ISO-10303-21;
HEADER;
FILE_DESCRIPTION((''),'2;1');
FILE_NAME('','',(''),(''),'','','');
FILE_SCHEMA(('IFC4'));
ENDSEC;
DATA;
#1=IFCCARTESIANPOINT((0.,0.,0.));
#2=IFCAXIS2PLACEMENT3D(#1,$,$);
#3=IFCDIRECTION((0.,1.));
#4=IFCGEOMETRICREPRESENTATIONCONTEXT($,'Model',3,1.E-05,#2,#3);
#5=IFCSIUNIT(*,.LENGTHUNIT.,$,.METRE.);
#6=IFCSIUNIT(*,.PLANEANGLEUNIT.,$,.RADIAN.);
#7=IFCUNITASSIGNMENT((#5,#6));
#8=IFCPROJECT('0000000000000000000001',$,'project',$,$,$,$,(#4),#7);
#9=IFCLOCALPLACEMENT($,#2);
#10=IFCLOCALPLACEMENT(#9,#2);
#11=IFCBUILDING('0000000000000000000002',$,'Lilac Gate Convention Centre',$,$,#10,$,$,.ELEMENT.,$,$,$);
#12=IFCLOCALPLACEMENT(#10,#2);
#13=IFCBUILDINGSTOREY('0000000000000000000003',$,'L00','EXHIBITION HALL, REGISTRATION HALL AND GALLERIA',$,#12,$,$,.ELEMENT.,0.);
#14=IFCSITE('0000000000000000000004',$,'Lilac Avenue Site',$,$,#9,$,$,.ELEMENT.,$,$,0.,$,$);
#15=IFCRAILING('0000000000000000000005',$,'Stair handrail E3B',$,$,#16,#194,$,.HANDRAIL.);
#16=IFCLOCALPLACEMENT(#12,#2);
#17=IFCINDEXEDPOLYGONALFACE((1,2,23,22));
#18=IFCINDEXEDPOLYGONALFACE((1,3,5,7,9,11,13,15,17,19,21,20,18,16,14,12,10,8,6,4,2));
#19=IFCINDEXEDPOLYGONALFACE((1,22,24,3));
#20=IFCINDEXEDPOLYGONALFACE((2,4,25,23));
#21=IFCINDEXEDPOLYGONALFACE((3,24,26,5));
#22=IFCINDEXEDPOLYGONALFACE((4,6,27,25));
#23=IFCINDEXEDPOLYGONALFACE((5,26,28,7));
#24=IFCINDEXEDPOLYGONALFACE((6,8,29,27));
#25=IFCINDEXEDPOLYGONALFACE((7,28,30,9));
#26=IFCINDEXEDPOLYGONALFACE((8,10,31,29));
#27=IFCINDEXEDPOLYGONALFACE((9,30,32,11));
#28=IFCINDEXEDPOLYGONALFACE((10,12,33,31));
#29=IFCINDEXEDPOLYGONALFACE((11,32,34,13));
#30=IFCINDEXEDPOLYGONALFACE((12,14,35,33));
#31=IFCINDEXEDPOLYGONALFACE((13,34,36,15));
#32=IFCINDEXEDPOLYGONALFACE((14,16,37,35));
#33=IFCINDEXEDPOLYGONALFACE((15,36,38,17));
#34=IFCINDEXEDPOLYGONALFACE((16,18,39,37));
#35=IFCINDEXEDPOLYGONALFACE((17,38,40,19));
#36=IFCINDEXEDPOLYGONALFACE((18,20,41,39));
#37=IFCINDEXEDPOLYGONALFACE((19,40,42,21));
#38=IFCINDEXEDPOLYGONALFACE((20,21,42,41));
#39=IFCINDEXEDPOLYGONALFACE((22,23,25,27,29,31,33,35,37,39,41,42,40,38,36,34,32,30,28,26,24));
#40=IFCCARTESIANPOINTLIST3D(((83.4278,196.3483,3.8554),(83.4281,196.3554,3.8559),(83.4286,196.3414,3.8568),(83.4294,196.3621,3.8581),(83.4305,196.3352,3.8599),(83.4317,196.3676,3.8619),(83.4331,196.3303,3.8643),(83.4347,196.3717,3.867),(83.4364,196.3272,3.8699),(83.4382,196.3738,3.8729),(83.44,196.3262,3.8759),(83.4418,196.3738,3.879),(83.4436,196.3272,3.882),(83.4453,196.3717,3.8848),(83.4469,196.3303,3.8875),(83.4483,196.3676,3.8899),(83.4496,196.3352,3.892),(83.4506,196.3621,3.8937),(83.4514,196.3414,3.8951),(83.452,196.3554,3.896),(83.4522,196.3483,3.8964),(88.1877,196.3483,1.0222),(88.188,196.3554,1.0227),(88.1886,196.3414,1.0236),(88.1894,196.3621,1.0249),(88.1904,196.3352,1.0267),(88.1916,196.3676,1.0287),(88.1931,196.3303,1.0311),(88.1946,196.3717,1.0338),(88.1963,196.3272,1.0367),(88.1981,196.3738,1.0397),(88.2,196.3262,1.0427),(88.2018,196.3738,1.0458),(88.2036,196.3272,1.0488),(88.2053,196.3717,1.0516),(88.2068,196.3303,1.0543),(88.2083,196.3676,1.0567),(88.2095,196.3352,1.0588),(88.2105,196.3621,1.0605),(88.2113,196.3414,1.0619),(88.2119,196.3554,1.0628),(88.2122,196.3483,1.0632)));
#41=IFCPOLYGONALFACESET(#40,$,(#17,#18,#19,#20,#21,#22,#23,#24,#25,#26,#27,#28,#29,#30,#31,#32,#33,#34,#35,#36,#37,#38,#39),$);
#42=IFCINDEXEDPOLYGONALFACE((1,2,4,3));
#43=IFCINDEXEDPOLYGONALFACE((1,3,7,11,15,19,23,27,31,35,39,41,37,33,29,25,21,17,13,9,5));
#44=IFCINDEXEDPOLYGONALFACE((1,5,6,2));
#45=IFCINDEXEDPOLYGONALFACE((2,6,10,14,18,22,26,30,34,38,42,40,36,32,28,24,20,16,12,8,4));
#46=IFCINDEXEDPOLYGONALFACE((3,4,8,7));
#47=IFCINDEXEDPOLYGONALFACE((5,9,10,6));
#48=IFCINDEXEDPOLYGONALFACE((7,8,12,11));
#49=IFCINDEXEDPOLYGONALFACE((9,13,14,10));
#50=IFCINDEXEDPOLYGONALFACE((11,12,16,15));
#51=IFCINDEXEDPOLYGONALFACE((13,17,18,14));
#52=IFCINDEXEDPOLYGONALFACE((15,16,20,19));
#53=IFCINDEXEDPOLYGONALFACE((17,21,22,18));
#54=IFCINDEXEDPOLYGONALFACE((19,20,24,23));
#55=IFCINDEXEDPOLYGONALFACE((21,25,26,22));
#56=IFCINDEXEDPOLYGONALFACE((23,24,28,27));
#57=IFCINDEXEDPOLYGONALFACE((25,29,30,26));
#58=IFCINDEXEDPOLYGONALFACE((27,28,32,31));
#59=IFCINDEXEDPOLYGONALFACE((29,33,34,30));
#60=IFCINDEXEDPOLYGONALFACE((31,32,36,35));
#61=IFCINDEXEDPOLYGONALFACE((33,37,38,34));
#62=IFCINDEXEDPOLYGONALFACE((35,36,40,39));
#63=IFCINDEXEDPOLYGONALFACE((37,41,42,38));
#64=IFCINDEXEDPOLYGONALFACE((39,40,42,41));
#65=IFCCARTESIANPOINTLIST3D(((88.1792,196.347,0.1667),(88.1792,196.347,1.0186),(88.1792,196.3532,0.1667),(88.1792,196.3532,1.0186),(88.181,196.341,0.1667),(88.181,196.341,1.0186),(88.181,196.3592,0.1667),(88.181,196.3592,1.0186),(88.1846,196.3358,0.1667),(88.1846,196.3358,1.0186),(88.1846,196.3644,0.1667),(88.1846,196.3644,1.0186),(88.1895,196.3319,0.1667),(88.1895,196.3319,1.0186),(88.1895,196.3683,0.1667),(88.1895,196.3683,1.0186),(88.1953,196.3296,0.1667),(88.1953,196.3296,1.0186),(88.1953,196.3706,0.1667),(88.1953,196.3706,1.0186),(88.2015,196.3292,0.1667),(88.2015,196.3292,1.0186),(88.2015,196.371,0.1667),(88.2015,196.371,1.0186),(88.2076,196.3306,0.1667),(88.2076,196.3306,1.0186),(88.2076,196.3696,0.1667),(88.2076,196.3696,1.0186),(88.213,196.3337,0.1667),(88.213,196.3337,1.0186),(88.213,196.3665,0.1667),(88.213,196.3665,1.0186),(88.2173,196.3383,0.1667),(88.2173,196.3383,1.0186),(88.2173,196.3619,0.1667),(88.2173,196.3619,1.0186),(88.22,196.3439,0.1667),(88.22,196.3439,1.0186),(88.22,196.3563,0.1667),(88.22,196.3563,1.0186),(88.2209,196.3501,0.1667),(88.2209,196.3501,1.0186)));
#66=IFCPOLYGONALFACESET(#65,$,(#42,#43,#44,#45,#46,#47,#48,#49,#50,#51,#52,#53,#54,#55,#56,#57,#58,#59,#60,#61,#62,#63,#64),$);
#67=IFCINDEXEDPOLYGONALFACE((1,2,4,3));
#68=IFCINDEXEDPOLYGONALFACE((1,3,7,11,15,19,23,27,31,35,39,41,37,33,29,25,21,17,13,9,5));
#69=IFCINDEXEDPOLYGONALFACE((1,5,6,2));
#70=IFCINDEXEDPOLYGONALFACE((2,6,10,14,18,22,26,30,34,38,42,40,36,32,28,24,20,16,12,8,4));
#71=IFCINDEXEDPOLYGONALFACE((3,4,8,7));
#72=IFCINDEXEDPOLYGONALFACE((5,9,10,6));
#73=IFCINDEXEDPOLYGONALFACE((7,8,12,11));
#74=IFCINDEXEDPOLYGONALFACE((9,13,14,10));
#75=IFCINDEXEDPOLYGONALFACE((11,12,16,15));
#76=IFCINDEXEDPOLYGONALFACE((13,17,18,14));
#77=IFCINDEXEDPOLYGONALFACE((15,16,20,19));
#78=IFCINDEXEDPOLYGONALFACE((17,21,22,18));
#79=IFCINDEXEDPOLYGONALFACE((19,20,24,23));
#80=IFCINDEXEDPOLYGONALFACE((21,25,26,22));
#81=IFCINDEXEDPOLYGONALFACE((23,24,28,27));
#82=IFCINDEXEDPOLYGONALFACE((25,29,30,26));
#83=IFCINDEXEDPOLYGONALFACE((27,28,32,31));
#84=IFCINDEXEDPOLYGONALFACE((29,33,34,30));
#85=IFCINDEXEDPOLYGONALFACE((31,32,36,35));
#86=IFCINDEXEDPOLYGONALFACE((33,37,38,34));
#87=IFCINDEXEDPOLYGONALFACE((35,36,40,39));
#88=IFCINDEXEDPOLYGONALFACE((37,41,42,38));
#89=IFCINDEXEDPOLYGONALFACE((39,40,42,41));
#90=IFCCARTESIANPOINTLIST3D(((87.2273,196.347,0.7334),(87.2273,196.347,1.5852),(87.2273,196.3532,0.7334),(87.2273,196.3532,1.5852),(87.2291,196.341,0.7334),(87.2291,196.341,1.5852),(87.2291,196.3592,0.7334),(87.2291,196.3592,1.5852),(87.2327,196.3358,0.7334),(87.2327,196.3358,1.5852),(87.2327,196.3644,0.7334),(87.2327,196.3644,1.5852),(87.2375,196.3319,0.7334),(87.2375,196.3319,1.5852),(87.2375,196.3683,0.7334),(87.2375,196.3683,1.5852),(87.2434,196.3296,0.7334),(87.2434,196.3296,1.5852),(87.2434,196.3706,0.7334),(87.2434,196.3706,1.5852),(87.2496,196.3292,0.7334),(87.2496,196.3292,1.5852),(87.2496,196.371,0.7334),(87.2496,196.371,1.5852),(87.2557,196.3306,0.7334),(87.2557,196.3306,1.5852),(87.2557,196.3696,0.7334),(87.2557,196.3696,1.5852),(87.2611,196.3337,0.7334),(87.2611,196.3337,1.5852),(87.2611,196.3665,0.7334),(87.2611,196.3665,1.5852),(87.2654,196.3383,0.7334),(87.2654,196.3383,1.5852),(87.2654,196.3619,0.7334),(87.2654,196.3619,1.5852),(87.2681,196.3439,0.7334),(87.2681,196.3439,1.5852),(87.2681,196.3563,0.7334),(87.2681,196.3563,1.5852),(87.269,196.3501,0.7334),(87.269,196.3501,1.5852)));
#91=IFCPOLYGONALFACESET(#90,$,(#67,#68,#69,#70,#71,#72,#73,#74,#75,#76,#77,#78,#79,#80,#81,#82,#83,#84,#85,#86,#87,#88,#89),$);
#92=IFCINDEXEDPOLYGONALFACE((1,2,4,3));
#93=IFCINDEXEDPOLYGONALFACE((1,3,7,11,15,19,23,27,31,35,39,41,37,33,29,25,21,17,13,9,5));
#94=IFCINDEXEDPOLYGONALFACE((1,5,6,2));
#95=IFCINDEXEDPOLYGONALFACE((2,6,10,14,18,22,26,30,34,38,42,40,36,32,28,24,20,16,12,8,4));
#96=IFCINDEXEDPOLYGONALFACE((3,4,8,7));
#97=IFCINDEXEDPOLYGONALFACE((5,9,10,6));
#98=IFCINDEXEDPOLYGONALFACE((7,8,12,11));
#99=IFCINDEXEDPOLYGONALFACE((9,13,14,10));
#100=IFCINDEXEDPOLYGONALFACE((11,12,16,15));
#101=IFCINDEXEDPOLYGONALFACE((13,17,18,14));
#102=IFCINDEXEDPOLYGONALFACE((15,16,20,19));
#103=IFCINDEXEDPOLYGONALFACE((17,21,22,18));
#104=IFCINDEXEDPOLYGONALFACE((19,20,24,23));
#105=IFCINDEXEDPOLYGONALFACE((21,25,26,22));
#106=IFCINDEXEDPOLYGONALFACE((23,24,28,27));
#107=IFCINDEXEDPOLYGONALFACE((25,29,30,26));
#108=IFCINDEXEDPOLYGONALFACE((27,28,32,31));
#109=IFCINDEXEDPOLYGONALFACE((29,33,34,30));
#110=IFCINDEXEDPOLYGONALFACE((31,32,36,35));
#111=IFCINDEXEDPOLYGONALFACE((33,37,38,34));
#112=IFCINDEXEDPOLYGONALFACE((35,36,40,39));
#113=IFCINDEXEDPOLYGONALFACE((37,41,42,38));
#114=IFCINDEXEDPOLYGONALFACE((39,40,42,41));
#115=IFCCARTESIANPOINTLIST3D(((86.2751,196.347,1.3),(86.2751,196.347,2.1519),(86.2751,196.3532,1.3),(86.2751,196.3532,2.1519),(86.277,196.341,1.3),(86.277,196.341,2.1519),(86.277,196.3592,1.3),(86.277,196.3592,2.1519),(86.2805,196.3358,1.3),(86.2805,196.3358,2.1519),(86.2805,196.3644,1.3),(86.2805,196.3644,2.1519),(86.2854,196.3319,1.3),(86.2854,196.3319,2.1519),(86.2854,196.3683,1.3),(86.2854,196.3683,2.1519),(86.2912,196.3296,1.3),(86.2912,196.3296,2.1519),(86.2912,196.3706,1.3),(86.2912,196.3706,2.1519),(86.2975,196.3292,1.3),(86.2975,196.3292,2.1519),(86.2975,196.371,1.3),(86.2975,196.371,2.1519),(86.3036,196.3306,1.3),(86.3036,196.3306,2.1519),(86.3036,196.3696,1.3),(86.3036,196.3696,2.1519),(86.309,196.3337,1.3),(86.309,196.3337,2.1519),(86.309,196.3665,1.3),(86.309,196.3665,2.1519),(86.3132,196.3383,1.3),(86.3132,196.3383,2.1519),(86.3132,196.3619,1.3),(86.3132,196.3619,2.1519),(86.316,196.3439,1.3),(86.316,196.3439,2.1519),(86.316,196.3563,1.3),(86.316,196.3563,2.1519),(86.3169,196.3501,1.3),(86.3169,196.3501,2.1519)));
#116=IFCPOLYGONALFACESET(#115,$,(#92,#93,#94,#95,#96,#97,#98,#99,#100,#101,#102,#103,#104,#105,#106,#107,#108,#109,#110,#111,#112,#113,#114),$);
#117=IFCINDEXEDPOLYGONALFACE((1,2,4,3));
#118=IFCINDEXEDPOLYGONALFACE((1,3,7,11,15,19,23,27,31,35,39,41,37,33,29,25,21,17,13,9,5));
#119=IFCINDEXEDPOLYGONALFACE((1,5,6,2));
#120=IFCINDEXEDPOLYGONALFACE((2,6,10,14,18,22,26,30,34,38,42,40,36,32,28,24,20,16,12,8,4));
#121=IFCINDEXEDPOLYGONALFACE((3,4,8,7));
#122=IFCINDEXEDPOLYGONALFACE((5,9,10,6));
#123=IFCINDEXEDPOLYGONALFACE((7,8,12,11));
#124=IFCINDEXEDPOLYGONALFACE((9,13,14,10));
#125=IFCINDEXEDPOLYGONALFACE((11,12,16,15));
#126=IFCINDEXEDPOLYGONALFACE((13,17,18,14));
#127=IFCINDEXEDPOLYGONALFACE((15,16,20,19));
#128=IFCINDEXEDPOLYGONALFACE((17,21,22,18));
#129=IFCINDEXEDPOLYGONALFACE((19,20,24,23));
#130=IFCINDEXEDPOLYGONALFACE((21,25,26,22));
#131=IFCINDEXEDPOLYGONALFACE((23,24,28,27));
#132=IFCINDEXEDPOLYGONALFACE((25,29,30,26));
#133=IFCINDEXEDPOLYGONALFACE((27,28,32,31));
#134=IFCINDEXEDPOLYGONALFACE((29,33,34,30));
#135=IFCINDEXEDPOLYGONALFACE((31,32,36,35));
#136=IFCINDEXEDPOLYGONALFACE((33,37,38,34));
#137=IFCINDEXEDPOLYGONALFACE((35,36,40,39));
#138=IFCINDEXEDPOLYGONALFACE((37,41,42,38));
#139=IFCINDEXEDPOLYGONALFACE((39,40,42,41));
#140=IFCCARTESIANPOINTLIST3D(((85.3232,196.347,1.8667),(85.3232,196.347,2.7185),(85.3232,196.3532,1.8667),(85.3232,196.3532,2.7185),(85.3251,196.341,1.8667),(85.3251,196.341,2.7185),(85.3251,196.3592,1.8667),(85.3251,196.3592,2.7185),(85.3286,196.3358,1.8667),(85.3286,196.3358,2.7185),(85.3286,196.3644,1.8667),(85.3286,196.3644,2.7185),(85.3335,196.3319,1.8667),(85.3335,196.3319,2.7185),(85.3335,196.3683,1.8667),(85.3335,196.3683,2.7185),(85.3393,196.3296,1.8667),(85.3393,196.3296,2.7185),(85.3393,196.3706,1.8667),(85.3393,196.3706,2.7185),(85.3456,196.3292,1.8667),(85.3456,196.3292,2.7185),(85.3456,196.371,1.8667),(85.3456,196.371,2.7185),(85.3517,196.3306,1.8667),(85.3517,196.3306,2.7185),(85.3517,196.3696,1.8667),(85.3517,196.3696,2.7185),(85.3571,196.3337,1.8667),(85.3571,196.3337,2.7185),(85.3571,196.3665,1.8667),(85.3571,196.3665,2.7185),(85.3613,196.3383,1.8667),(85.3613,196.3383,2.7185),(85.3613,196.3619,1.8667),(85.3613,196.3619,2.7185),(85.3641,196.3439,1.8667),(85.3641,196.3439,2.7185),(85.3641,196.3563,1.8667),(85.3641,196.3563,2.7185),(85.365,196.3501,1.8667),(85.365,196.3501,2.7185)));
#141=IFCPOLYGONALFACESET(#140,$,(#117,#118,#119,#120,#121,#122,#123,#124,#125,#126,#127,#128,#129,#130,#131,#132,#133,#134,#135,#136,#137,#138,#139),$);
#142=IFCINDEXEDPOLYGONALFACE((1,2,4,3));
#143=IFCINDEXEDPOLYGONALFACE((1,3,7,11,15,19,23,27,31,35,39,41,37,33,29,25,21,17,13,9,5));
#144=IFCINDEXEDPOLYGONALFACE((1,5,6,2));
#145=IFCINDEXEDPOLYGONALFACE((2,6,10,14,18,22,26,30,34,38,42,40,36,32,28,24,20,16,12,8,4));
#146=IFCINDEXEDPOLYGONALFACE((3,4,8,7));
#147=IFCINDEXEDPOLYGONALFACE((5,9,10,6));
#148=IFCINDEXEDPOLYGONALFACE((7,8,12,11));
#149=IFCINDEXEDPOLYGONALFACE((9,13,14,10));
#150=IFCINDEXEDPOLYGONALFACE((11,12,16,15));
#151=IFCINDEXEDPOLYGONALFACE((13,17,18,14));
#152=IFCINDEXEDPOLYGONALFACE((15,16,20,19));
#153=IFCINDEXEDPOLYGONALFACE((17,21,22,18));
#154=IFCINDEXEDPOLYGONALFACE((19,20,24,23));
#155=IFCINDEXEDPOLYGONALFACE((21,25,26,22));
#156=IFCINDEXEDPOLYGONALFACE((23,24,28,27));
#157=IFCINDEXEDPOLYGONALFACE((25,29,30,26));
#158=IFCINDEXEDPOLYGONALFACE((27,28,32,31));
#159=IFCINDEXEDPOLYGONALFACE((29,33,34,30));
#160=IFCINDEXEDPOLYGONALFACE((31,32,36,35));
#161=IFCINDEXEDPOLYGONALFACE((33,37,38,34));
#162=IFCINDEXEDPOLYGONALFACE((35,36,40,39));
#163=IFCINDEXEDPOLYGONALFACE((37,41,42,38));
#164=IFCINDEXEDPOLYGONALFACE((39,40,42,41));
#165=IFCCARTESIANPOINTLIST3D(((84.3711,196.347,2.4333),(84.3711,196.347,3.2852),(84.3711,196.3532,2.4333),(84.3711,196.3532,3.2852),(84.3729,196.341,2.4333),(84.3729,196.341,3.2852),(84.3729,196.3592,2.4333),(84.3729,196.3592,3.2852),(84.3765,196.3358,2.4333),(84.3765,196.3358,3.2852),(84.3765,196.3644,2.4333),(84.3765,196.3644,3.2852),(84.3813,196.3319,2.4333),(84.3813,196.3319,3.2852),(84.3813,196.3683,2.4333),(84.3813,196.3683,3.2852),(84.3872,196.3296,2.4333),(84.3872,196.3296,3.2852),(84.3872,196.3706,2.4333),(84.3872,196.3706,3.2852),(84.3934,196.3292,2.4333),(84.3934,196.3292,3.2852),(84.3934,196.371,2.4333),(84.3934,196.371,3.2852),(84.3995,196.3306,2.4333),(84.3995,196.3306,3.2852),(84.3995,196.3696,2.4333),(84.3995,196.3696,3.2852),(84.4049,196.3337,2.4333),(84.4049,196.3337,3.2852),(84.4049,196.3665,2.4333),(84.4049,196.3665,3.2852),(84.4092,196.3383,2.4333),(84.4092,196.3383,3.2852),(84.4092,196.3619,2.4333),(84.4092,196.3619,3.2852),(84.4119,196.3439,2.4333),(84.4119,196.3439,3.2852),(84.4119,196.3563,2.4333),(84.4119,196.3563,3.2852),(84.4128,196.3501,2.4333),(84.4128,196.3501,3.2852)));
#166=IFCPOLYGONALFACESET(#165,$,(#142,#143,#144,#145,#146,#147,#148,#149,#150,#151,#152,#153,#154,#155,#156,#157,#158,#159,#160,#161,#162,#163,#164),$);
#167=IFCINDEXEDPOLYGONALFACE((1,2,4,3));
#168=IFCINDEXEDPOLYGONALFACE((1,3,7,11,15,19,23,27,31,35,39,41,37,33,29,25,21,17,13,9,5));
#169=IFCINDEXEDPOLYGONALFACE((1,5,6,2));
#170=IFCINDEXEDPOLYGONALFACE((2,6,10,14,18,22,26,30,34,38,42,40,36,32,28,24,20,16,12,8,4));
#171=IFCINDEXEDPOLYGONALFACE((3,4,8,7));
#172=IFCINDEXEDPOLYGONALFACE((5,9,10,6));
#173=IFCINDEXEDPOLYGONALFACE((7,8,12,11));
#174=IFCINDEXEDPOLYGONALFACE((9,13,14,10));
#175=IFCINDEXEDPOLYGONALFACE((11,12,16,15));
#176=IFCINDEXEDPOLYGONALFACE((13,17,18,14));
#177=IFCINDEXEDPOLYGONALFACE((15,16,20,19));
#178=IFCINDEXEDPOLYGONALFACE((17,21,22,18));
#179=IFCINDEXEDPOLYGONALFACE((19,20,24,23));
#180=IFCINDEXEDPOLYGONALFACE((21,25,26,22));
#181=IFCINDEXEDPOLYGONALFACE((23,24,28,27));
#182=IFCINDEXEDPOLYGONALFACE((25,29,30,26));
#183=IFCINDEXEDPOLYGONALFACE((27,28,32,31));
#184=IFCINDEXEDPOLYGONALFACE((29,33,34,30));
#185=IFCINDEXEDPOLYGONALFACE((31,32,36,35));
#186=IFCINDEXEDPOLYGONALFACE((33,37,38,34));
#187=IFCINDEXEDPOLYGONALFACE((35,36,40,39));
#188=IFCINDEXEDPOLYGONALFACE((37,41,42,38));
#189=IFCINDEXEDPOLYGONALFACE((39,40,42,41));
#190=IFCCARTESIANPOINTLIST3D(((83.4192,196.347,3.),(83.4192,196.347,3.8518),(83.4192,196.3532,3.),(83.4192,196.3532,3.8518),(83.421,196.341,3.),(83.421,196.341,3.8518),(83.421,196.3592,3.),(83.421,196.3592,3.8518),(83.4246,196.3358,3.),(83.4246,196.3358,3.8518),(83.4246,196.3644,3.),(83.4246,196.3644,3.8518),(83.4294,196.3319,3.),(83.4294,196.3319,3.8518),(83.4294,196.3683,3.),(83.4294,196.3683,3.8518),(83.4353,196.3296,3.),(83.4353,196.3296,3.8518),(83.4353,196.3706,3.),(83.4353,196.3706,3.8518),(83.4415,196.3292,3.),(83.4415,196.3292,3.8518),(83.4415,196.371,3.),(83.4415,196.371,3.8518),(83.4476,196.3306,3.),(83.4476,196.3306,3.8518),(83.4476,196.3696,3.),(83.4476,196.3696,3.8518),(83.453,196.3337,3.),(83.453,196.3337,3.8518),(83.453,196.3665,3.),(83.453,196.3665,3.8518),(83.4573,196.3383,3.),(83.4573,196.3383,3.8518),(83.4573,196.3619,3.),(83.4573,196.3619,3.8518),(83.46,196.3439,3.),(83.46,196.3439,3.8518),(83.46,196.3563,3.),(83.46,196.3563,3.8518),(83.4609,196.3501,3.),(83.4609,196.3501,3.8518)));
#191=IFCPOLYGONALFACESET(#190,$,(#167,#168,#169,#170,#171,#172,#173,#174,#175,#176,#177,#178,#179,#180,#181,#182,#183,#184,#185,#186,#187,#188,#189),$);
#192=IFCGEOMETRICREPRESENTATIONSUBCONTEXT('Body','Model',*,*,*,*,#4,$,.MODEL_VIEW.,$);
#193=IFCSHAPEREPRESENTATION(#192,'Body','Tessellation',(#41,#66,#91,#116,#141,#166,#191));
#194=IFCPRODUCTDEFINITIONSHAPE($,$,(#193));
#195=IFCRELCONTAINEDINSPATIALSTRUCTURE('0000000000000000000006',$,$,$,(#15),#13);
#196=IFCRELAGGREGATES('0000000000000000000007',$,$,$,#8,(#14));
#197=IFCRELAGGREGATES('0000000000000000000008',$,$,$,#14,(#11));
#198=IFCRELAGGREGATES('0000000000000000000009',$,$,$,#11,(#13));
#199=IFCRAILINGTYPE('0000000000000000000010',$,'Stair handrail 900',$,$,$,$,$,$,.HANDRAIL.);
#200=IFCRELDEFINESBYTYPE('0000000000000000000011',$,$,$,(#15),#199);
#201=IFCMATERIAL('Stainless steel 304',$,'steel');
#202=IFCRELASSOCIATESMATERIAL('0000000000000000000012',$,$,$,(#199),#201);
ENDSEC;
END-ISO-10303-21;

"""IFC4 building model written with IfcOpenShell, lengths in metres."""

from ifc_helpers import new_model, si_unit, direction, frame, origin, origin_2d, place, context, subcontext, project, spatial, circle, extrude, material, type_object, element, save


model = new_model("IFC4")

# Units and contexts
model_context = context("Model", 3, precision=1e-05, world=origin(), true_north=direction((0.0, 1.0)))
body_context = subcontext(model_context, "Body", "Model", "MODEL_VIEW")
ifc_project = project(units=[si_unit("LENGTHUNIT", "METRE"), si_unit("PLANEANGLEUNIT", "RADIAN")], contexts=[model_context])

# Site, building, storey
site_placement = place(None, origin())
site = spatial("IfcSite", under=ifc_project, at=site_placement, Name="Lilac Avenue Site", CompositionType="ELEMENT", RefElevation=0.0)
building_placement = place(site_placement, origin())
building = spatial("IfcBuilding", under=site, at=building_placement, Name="Lilac Gate Convention Centre", CompositionType="ELEMENT")
storey_placement = place(building_placement, origin())
storey = spatial("IfcBuildingStorey", under=building, at=storey_placement, Name="L00", Description="EXHIBITION HALL, REGISTRATION HALL AND GALLERIA", CompositionType="ELEMENT", Elevation=0.0)

# Railing
ifc_material_1 = material(Name="Stainless steel 304", Category="steel")
railing_type_1 = type_object("IfcRailingType", Name="Stair handrail 900", PredefinedType="HANDRAIL", material=ifc_material_1)
for number, where, name in (
    (1, (88.2, 196.3501, 0.1667), "Stair handrail E3B"),
):
    element("IfcRailing", number, at=place(storey_placement, frame(where)), inside=storey, type_object=railing_type_1, Name=name, PredefinedType="HANDRAIL", context=body_context, shape_type="SweptSolid", body=[
        extrude(circle(Radius=0.0239, at=origin_2d()), frame((0.0, 0.0, 0.876), z_axis=(-0.8593, 0.0, 0.511472), x_axis=(0.0, -1.0, 0.0)), (0.0, 0.0, 1.0), 5.5393),
        extrude(circle(Radius=0.021, at=origin_2d()), origin(), (0.0, 0.0, 1.0), 0.8518),
        extrude(circle(Radius=0.021, at=origin_2d()), frame((-0.9519, 0.0, 0.5667)), (0.0, 0.0, 1.0), 0.8518),
        extrude(circle(Radius=0.021, at=origin_2d()), frame((-1.9041, 0.0, 1.1333)), (0.0, 0.0, 1.0), 0.8518),
        extrude(circle(Radius=0.021, at=origin_2d()), frame((-2.856, 0.0, 1.7)), (0.0, 0.0, 1.0), 0.8518),
        extrude(circle(Radius=0.021, at=origin_2d()), frame((-3.8081, 0.0, 2.2666)), (0.0, 0.0, 1.0), 0.8518),
        extrude(circle(Radius=0.021, at=origin_2d()), frame((-4.76, 0.0, 2.8333)), (0.0, 0.0, 1.0), 0.8518),
    ])

save(model, "model.ifc")
